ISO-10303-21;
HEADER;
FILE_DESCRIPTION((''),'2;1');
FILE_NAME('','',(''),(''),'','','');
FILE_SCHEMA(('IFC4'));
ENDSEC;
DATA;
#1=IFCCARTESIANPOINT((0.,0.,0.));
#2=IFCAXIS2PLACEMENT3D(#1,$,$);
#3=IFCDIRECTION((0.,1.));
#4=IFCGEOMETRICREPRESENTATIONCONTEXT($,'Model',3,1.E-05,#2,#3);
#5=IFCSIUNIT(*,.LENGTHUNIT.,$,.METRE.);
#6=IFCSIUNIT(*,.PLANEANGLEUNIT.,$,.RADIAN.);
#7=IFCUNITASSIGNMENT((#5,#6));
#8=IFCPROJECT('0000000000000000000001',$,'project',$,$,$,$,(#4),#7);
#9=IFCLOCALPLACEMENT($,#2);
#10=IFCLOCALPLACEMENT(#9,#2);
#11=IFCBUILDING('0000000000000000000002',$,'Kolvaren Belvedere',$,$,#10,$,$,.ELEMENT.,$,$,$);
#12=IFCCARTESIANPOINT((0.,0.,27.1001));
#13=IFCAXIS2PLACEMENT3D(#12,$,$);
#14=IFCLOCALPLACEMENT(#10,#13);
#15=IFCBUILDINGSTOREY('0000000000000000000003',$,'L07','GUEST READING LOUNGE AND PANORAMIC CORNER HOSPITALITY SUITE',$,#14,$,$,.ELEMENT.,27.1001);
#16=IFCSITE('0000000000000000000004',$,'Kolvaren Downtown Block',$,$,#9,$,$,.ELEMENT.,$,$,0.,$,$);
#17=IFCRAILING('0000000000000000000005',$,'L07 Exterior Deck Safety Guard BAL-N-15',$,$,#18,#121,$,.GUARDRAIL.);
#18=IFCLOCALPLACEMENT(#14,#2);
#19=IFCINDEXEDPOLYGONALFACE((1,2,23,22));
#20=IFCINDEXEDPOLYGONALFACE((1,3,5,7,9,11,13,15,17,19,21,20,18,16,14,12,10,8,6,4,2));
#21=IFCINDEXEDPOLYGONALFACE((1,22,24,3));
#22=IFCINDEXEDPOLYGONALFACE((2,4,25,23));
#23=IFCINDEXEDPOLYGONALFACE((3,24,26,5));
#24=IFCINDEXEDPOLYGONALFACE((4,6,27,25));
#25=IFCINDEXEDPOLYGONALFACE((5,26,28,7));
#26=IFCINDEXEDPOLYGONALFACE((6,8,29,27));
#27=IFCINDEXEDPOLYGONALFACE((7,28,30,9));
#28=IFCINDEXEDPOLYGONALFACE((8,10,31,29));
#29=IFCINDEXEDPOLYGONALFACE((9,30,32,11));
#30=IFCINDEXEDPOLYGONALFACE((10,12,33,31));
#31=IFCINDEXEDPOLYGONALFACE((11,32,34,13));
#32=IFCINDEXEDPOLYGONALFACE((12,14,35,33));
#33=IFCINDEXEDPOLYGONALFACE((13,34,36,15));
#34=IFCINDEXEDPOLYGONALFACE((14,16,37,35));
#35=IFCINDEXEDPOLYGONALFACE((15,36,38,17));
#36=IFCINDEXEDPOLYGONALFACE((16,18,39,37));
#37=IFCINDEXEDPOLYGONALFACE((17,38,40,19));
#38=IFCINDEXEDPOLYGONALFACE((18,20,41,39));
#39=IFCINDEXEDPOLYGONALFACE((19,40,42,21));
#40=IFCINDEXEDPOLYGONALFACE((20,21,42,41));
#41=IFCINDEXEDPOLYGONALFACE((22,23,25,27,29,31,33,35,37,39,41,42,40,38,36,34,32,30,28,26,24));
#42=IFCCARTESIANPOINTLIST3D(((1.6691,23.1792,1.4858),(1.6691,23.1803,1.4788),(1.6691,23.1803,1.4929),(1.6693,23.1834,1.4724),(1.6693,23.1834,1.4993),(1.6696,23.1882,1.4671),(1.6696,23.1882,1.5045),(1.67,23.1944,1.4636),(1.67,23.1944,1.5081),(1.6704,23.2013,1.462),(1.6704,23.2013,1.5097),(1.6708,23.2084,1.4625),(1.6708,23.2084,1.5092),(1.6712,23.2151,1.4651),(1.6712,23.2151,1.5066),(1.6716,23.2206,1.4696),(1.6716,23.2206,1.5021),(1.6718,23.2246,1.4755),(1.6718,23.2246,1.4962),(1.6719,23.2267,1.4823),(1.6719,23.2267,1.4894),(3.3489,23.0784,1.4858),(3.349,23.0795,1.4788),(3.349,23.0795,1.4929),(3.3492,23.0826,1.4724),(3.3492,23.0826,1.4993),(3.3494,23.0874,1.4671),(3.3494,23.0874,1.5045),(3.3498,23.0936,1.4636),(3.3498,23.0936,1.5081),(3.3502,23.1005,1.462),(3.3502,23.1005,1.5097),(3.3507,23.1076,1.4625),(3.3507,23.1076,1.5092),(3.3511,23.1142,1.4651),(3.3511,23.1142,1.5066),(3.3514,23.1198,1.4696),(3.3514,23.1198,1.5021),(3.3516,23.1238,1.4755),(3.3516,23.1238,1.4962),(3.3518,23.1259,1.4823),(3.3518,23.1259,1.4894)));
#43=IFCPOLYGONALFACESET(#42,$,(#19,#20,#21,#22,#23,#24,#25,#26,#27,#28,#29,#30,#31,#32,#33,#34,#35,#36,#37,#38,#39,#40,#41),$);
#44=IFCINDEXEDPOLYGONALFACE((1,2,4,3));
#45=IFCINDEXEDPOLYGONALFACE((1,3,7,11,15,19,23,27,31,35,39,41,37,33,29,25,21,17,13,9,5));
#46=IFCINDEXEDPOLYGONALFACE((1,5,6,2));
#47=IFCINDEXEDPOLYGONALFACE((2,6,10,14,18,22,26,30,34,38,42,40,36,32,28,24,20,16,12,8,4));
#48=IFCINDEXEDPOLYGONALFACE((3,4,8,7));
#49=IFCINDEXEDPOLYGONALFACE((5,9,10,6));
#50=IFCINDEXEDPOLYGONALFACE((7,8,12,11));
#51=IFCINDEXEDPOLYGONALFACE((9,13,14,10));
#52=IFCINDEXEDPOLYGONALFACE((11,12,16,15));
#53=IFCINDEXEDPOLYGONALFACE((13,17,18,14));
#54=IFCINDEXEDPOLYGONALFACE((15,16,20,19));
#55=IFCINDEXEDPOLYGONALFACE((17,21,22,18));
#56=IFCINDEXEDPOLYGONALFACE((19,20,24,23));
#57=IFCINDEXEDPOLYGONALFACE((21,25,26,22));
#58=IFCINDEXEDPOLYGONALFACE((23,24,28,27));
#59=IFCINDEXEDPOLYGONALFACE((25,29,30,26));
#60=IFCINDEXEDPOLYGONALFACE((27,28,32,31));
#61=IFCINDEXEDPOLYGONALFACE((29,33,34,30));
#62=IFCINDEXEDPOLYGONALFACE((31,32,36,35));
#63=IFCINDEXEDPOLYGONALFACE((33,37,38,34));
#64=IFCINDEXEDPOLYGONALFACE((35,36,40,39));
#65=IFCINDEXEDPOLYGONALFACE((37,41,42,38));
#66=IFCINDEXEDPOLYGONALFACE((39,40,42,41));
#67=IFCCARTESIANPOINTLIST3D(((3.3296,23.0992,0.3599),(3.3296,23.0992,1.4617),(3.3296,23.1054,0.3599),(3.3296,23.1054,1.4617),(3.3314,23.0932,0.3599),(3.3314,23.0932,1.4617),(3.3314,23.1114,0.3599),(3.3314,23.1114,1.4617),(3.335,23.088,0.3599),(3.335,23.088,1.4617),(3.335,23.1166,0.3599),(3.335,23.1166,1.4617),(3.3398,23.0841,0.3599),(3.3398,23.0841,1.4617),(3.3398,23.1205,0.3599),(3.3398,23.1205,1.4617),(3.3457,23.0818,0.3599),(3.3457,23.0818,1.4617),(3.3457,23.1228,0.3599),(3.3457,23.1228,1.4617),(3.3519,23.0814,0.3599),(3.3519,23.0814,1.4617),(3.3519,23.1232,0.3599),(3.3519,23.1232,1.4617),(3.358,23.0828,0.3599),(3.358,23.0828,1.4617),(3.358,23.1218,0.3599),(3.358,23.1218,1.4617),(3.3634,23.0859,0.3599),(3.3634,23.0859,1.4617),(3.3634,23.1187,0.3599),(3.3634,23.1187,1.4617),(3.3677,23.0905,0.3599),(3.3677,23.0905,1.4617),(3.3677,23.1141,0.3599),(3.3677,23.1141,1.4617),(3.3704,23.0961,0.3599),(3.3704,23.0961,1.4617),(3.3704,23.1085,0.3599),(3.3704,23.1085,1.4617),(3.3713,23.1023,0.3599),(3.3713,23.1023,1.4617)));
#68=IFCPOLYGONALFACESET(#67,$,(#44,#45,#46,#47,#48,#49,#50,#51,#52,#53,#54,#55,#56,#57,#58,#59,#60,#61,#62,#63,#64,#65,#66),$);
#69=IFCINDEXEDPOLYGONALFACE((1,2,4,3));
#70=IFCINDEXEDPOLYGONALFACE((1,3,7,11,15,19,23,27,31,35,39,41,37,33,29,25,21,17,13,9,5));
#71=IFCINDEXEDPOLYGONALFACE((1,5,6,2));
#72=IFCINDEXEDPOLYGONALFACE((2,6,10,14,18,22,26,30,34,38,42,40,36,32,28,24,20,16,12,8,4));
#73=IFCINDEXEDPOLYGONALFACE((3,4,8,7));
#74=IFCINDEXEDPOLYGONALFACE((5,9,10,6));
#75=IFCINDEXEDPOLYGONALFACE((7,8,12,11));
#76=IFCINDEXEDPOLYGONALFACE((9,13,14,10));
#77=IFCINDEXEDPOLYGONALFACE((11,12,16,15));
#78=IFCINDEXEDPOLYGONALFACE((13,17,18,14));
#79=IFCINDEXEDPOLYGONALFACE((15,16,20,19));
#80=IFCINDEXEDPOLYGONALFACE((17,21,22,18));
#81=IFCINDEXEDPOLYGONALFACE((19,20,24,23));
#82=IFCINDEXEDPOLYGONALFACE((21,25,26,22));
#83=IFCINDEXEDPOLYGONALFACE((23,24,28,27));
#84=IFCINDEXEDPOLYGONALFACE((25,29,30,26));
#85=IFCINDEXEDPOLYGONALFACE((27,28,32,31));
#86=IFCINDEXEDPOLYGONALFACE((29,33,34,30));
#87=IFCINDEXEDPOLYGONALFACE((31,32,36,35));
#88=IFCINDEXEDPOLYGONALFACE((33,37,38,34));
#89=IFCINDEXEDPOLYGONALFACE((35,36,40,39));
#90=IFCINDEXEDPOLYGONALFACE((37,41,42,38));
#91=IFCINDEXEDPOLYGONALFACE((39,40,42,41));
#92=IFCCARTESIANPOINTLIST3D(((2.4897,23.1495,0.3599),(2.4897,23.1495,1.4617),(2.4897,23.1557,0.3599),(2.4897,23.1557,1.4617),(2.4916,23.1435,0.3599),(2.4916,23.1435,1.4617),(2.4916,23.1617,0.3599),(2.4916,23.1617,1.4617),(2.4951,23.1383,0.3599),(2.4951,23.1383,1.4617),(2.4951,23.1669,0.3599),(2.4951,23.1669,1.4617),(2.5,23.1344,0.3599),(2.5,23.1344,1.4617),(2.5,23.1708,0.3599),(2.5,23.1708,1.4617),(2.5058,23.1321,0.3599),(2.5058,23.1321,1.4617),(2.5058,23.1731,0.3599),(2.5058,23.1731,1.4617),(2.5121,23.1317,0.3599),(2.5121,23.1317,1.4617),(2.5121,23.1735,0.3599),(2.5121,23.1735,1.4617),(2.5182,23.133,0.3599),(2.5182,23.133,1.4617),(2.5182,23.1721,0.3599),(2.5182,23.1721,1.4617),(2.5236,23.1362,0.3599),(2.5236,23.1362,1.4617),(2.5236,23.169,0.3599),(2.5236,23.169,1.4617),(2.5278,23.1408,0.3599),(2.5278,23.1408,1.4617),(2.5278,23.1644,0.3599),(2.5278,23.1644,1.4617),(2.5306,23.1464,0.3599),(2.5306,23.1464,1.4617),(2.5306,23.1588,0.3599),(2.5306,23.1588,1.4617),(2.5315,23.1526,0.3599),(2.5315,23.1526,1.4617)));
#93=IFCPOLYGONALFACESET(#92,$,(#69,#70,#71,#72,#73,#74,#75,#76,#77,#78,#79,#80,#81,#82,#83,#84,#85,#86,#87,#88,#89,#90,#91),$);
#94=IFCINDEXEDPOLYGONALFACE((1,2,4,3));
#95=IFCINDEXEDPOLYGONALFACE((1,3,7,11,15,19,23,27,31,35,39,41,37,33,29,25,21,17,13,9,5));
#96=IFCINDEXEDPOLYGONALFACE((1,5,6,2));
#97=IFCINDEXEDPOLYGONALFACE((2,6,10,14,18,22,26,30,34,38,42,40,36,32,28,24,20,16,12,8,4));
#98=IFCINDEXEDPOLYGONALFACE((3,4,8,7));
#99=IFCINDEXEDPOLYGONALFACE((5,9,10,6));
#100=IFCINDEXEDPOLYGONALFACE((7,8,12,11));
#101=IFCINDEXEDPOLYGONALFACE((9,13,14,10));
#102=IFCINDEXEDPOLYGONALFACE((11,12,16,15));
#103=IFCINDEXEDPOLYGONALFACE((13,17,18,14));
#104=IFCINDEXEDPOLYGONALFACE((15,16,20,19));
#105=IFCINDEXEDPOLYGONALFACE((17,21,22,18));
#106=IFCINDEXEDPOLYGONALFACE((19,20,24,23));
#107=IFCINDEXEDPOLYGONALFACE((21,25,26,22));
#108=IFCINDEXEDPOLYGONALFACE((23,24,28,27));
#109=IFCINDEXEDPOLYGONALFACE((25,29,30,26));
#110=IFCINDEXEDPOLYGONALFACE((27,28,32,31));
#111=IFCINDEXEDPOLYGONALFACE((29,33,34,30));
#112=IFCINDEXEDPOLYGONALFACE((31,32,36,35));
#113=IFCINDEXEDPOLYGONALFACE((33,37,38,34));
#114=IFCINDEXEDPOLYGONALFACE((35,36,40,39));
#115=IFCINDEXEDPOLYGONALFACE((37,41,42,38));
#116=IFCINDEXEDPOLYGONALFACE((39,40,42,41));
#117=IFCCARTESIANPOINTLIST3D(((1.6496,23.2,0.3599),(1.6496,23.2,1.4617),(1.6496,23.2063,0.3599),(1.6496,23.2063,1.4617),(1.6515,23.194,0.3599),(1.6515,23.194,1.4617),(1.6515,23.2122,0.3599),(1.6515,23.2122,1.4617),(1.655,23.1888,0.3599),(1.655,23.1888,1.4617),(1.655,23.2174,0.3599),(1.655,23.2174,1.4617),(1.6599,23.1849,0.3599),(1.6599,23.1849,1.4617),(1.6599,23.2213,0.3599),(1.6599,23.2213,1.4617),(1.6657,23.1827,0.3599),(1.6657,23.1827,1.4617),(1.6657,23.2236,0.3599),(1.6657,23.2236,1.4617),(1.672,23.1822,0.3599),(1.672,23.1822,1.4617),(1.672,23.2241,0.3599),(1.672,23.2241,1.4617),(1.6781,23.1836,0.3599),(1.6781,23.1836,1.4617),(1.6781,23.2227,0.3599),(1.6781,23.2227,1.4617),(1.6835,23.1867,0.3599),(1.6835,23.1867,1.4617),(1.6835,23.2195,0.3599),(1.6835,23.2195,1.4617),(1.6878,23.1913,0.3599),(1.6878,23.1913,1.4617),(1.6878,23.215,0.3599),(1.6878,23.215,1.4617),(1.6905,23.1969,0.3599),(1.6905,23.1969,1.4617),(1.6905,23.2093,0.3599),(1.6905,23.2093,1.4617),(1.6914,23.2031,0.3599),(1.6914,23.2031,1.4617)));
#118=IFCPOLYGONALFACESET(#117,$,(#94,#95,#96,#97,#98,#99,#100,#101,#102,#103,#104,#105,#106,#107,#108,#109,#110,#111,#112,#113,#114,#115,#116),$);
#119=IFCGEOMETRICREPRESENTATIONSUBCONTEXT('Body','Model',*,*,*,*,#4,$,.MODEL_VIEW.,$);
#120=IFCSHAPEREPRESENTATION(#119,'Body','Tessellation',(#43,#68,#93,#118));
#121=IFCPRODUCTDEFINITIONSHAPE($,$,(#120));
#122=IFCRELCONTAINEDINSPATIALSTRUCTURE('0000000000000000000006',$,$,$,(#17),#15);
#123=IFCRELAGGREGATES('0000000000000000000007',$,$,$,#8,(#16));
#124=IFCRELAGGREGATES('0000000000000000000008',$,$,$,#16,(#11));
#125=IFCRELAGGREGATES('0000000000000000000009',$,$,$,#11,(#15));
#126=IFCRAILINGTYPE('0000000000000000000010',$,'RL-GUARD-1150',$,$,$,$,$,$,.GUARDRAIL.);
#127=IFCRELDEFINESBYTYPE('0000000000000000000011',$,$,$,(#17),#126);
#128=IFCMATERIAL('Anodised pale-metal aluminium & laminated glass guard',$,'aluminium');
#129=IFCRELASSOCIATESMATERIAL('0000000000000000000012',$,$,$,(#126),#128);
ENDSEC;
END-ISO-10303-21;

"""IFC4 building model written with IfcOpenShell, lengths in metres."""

from ifc_helpers import new_model, si_unit, direction, frame, origin, origin_2d, place, context, subcontext, project, spatial, circle, extrude, material, type_object, element, save


model = new_model("IFC4")

# Units and contexts
model_context = context("Model", 3, precision=1e-05, world=origin(), true_north=direction((0.0, 1.0)))
body_context = subcontext(model_context, "Body", "Model", "MODEL_VIEW")
ifc_project = project(units=[si_unit("LENGTHUNIT", "METRE"), si_unit("PLANEANGLEUNIT", "RADIAN")], contexts=[model_context])

# Site, building, storey
site_placement = place(None, origin())
site = spatial("IfcSite", under=ifc_project, at=site_placement, Name="Kolvaren Downtown Block", CompositionType="ELEMENT", RefElevation=0.0)
building_placement = place(site_placement, origin())
building = spatial("IfcBuilding", under=site, at=building_placement, Name="Kolvaren Belvedere", CompositionType="ELEMENT")
storey_placement = place(building_placement, frame((0.0, 0.0, 27.1001)))
storey = spatial("IfcBuildingStorey", under=building, at=storey_placement, Name="L07", Description="GUEST READING LOUNGE AND PANORAMIC CORNER HOSPITALITY SUITE", CompositionType="ELEMENT", Elevation=27.1001)

# Railing
ifc_material_1 = material(Name="Anodised pale-metal aluminium & laminated glass guard", Category="aluminium")
railing_type = type_object("IfcRailingType", Name="RL-GUARD-1150", PredefinedType="GUARDRAIL", material=ifc_material_1)
railing_1_placement = place(storey_placement, frame((3.3503, 23.1023, 0.3599)))
element("IfcRailing", 1, at=railing_1_placement, inside=storey, type_object=railing_type, Name="L07 Exterior Deck Safety Guard BAL-N-15", PredefinedType="GUARDRAIL", context=body_context, shape_type="SweptSolid", body=[
    extrude(circle(Radius=0.0239, at=origin_2d()), frame((0.0, 0.0, 1.126), z_axis=(-0.998204, 0.059913, 0.0), x_axis=(-0.059913, -0.998204, 0.0)), (0.0, 0.0, 1.0), 1.6829),
    extrude(circle(Radius=0.021, at=origin_2d()), origin(), (0.0, 0.0, 1.0), 1.1018),
    extrude(circle(Radius=0.021, at=origin_2d()), frame((-0.8398, 0.0503, 0.0)), (0.0, 0.0, 1.0), 1.1018),
    extrude(circle(Radius=0.021, at=origin_2d()), frame((-1.6799, 0.1008, 0.0)), (0.0, 0.0, 1.0), 1.1018),
])

save(model, "model.ifc")
